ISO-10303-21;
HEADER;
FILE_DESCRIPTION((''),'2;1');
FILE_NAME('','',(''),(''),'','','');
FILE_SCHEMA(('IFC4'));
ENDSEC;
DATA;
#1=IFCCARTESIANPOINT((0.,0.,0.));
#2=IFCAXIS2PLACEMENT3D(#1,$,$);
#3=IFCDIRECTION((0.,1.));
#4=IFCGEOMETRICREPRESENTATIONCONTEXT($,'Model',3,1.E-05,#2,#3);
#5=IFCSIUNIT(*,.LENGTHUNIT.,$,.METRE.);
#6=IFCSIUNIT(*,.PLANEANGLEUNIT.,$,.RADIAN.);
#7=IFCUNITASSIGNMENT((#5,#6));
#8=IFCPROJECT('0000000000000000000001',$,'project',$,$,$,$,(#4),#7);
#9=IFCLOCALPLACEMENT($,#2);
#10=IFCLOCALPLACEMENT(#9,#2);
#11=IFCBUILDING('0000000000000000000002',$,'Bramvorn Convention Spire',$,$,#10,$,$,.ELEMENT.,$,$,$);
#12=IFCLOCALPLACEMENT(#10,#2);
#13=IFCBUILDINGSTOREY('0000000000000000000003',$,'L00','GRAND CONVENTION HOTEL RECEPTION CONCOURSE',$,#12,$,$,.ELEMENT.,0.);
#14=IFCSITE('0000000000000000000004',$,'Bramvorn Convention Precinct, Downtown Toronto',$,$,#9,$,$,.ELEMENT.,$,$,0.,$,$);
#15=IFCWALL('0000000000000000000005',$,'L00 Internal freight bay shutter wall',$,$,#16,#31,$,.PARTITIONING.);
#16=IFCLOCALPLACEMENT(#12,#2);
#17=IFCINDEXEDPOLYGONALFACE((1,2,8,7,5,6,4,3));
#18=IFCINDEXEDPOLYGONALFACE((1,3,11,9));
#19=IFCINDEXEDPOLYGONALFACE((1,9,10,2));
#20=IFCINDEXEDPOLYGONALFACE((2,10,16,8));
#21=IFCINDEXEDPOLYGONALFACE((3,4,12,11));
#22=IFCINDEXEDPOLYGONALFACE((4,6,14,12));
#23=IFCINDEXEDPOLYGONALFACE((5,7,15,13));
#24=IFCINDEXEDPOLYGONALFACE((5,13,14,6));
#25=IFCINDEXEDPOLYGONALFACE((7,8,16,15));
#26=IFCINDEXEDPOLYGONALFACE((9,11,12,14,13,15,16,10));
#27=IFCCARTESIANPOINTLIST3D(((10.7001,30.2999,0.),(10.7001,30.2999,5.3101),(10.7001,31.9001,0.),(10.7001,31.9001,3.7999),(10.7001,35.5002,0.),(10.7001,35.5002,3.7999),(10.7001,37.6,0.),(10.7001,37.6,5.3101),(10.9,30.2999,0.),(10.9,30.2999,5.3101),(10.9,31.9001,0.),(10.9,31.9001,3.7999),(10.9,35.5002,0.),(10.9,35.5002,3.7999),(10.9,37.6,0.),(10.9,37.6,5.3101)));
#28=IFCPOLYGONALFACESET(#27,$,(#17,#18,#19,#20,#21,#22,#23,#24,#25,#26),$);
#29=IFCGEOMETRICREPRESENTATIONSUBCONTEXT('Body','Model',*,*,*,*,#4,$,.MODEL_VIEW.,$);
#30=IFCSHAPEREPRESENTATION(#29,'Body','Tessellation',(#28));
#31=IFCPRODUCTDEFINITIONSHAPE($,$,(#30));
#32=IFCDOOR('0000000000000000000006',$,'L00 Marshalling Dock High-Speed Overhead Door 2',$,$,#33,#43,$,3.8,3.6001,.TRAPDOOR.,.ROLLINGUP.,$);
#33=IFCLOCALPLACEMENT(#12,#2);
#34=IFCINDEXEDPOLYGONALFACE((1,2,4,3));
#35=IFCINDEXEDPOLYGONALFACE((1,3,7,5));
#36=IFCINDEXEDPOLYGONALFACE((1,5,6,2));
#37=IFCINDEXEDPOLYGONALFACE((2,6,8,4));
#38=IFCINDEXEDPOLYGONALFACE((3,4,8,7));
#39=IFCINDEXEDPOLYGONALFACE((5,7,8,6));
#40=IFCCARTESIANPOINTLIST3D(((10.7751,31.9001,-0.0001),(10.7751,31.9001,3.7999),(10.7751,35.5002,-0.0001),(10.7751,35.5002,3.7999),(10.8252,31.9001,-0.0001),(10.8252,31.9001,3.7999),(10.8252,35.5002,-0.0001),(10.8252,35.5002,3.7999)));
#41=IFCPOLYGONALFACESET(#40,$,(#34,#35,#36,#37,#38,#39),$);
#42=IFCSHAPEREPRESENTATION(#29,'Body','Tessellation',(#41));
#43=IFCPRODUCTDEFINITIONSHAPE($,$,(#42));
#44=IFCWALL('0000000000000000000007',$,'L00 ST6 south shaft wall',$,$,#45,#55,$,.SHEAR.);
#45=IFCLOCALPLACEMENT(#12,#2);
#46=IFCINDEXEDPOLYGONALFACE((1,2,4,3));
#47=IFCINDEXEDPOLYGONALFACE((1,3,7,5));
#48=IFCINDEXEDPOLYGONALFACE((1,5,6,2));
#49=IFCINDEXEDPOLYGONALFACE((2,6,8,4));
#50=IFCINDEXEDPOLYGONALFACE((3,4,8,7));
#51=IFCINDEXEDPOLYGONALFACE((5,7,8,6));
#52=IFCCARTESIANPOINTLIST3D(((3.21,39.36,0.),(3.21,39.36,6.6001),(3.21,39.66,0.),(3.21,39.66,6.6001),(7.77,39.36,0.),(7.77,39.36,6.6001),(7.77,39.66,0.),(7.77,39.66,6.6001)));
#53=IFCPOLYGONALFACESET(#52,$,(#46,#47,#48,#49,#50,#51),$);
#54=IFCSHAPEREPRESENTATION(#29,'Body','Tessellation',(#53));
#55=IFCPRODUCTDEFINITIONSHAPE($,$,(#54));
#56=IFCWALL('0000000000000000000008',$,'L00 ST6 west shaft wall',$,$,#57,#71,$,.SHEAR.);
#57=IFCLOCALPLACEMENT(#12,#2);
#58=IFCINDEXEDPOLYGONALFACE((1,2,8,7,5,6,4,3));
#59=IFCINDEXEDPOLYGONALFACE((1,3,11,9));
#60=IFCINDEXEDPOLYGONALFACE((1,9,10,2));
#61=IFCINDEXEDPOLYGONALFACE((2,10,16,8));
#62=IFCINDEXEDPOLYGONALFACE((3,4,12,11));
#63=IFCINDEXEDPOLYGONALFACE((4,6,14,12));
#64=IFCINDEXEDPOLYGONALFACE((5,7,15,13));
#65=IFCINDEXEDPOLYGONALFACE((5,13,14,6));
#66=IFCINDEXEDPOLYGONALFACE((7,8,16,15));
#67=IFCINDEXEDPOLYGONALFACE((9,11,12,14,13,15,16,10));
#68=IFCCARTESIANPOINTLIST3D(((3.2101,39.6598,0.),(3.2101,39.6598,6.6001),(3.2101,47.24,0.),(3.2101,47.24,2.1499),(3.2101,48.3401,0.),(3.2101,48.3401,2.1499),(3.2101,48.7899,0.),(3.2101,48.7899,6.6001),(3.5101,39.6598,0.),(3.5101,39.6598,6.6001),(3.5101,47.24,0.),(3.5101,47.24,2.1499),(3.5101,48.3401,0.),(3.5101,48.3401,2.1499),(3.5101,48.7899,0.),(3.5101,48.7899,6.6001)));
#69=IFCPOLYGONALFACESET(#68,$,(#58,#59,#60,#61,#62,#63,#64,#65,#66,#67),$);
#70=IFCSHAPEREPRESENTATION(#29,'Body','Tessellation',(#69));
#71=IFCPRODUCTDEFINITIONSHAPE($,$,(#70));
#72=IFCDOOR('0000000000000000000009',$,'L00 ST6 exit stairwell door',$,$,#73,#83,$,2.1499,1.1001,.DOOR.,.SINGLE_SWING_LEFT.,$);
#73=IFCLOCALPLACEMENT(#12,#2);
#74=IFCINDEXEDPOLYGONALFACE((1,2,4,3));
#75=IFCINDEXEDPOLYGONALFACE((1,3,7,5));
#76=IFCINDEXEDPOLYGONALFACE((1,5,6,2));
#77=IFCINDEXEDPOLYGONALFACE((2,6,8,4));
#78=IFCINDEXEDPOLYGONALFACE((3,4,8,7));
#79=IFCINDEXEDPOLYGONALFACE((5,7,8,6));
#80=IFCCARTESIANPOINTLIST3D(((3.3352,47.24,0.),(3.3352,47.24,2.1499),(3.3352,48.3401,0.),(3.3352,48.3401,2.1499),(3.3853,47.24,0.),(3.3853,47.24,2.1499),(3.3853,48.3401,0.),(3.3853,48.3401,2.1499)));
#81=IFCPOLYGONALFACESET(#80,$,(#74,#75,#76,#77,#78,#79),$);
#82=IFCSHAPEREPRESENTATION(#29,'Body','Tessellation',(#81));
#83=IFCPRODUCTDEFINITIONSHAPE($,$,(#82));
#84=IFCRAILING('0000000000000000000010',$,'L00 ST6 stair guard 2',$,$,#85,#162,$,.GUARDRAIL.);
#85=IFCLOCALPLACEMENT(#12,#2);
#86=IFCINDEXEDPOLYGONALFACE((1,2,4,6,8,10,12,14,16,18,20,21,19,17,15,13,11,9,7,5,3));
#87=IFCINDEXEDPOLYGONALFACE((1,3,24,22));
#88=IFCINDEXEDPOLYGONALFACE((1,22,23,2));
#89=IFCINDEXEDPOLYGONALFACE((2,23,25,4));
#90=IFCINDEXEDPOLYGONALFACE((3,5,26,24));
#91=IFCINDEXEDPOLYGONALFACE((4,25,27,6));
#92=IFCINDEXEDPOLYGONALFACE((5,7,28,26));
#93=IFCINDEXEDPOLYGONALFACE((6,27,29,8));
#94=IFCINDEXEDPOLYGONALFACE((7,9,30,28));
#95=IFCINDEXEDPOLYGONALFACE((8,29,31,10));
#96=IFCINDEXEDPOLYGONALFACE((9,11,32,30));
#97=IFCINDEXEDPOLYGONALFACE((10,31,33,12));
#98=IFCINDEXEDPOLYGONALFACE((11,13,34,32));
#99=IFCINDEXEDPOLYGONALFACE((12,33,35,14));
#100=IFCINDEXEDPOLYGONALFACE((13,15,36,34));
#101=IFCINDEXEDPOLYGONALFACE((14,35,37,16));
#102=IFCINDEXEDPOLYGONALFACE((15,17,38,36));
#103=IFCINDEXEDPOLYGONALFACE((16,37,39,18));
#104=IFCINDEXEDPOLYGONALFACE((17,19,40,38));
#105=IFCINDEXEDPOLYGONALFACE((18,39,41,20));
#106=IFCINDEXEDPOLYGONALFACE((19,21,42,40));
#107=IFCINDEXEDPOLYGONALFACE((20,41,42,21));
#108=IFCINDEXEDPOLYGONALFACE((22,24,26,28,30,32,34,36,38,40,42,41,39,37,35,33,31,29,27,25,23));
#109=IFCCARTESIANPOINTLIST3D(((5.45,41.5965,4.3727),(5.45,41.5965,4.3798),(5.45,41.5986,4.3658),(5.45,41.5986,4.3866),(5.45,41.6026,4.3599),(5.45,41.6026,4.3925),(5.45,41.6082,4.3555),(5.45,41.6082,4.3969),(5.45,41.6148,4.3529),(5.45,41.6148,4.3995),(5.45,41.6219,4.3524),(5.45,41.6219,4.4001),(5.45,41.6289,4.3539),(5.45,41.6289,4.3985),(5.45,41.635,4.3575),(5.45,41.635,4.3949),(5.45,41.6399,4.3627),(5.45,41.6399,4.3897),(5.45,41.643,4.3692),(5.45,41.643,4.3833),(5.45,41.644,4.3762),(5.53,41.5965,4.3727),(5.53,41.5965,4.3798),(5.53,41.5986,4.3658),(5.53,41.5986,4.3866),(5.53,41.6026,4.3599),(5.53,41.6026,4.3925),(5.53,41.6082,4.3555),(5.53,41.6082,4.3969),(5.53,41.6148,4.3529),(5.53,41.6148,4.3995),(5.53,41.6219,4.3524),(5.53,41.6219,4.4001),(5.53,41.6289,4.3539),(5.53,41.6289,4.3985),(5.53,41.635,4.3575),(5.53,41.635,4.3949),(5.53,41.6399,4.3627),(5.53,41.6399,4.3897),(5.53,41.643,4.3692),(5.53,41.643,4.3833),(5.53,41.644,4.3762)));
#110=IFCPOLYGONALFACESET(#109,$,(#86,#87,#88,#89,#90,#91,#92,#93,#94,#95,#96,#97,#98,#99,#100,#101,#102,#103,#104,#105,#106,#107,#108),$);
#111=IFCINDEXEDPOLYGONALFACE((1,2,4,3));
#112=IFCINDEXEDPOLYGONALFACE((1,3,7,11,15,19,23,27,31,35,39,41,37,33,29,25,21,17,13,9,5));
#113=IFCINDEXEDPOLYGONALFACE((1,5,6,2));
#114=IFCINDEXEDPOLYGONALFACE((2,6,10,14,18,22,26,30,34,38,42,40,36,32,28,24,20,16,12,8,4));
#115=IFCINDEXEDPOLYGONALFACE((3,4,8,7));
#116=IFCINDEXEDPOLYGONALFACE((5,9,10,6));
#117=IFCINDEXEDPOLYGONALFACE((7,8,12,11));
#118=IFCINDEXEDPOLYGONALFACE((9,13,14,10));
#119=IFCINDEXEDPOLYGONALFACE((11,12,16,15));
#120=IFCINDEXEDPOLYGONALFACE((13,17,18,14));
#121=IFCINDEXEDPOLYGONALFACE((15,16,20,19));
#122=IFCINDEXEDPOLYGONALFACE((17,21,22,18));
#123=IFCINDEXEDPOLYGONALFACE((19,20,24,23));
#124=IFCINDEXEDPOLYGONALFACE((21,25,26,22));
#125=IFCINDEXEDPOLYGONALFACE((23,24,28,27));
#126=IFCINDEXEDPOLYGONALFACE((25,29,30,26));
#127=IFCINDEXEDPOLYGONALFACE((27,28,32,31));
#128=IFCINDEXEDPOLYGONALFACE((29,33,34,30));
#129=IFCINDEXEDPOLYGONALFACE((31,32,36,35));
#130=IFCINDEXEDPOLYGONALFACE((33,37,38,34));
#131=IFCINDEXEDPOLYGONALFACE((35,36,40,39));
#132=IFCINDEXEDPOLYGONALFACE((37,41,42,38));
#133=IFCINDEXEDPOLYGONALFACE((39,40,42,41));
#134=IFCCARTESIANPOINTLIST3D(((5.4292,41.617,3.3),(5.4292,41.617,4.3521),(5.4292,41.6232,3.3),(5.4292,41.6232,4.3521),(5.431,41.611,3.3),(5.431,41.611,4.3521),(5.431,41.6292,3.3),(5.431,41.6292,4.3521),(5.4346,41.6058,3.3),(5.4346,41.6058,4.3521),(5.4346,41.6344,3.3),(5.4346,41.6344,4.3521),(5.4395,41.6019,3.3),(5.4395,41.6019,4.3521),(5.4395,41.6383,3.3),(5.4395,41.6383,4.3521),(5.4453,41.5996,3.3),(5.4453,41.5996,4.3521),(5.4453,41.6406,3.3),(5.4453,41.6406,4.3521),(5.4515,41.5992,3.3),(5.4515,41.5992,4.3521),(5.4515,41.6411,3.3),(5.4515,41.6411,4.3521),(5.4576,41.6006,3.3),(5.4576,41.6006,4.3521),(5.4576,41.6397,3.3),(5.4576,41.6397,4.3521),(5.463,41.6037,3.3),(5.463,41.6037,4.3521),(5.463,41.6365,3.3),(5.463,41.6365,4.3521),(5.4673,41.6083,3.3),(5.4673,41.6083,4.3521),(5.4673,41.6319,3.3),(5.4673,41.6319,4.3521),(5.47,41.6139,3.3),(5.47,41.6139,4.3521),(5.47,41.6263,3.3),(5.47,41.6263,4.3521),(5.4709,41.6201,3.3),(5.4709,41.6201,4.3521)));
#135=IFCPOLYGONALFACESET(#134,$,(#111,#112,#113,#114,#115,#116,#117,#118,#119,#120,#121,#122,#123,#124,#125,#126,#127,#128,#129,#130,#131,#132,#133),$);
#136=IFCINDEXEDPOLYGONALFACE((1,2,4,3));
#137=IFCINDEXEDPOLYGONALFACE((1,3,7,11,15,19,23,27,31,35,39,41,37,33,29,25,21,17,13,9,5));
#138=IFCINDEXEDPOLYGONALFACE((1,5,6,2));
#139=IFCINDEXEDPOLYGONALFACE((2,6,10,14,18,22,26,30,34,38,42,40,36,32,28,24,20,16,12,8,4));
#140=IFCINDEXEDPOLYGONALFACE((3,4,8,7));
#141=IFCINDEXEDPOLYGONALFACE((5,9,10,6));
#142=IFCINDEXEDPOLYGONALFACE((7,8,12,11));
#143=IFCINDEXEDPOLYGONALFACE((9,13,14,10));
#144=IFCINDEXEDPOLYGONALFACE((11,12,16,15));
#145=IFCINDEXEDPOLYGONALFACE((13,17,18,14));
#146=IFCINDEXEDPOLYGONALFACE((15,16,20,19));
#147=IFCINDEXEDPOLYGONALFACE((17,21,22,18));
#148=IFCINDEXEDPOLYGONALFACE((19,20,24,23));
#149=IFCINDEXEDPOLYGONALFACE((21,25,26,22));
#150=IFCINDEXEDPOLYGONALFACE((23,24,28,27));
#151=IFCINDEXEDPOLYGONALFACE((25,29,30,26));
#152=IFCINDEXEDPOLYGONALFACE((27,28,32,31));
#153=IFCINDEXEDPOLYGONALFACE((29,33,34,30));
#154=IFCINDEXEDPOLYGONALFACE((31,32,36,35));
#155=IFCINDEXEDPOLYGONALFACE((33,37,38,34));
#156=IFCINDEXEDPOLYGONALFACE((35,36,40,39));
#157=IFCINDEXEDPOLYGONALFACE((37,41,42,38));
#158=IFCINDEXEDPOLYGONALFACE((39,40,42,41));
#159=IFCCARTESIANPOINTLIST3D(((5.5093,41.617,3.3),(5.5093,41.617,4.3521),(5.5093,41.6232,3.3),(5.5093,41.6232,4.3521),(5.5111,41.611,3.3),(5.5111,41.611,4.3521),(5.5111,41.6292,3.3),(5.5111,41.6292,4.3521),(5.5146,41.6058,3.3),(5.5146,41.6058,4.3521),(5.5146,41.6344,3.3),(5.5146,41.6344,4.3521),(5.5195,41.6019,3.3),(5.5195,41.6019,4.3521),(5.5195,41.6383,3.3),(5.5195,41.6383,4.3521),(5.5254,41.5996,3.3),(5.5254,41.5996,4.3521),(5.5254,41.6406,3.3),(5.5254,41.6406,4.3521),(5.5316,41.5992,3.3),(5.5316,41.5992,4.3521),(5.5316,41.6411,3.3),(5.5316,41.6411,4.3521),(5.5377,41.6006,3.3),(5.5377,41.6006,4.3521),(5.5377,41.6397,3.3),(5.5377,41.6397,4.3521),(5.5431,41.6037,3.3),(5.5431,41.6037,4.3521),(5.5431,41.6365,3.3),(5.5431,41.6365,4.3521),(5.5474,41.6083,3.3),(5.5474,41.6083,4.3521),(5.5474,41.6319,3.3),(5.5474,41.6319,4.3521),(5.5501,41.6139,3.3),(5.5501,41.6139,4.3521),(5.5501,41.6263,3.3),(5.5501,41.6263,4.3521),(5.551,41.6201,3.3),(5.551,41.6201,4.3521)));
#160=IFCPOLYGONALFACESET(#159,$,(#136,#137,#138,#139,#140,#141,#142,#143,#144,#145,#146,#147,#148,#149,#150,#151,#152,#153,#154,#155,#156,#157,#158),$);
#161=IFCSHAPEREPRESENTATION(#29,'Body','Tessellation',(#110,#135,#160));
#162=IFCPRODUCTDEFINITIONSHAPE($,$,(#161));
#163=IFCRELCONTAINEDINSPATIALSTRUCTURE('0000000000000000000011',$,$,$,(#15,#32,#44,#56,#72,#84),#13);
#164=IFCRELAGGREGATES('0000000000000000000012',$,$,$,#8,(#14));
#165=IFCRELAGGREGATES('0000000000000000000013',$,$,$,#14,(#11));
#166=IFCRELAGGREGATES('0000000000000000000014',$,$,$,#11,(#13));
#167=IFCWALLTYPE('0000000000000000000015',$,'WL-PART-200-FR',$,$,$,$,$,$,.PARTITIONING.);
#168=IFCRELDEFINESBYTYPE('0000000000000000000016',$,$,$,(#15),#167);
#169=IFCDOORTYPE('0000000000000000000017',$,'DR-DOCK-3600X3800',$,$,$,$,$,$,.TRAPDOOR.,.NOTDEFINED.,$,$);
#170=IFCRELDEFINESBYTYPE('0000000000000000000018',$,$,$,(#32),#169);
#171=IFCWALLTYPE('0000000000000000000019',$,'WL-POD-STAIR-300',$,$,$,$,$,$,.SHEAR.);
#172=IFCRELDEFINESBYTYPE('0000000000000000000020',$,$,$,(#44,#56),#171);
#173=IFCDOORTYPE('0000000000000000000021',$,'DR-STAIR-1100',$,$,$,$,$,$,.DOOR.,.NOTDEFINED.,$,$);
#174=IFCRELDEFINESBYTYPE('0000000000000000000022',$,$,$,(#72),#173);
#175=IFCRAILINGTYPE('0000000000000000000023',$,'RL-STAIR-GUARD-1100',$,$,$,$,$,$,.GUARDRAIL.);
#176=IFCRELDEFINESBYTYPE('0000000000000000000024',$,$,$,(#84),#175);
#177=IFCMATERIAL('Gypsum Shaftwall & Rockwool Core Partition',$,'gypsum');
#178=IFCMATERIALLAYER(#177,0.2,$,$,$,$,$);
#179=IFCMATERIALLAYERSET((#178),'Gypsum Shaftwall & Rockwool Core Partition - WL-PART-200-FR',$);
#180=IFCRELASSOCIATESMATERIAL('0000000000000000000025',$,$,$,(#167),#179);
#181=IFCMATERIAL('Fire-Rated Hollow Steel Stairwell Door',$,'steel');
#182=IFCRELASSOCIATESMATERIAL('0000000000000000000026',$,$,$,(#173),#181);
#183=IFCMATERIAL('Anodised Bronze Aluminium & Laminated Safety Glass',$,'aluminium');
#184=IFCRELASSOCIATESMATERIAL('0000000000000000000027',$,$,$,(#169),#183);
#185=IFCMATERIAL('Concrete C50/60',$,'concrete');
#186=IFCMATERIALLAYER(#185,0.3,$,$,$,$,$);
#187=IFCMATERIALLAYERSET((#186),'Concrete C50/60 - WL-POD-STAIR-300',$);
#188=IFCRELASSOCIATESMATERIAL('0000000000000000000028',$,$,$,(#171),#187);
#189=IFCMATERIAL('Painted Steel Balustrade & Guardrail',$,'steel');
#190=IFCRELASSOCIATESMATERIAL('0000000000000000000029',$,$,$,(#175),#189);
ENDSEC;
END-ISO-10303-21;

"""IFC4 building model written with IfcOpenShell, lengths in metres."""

from ifc_helpers import new_model, si_unit, direction, frame, frame_2d, origin, origin_2d, place, context, subcontext, project, spatial, rectangle, circle, extrude, material, layer, layer_set, type_object, element, fill, save


model = new_model("IFC4")

# Units and contexts
model_context = context("Model", 3, precision=1e-05, world=origin(), true_north=direction((0.0, 1.0)))
body_context = subcontext(model_context, "Body", "Model", "MODEL_VIEW")
ifc_project = project(units=[si_unit("LENGTHUNIT", "METRE"), si_unit("PLANEANGLEUNIT", "RADIAN")], contexts=[model_context])

# Site, building, storey
site_placement = place(None, origin())
site = spatial("IfcSite", under=ifc_project, at=site_placement, Name="Bramvorn Convention Precinct, Downtown Toronto", CompositionType="ELEMENT", RefElevation=0.0)
building_placement = place(site_placement, origin())
building = spatial("IfcBuilding", under=site, at=building_placement, Name="Bramvorn Convention Spire", CompositionType="ELEMENT")
storey_placement = place(building_placement, origin())
storey = spatial("IfcBuildingStorey", under=building, at=storey_placement, Name="L00", Description="GRAND CONVENTION HOTEL RECEPTION CONCOURSE", CompositionType="ELEMENT", Elevation=0.0)

# Shared definitions
ifc_material_1 = material(Name="Concrete C50/60", Category="concrete")

# Wall, opening, door
ifc_material_2 = material(Name="Gypsum Shaftwall & Rockwool Core Partition", Category="gypsum")
ifc_layer_1 = layer(ifc_material_2, 0.2)
ifc_layer_set_1 = layer_set([ifc_layer_1], Name="Gypsum Shaftwall & Rockwool Core Partition - WL-PART-200-FR")
wall_type_1 = type_object("IfcWallType", Name="WL-PART-200-FR", PredefinedType="PARTITIONING", material=ifc_layer_set_1)
ifc_material_3 = material(Name="Fire-Rated Hollow Steel Stairwell Door", Category="steel")
door_type_1 = type_object("IfcDoorType", Name="DR-STAIR-1100", OperationType="NOTDEFINED", PredefinedType="DOOR", material=ifc_material_3)
ifc_material_4 = material(Name="Anodised Bronze Aluminium & Laminated Safety Glass", Category="aluminium")
door_type_2 = type_object("IfcDoorType", Name="DR-DOCK-3600X3800", OperationType="NOTDEFINED", PredefinedType="TRAPDOOR", material=ifc_material_4)
wall_1_placement = place(storey_placement, frame((10.8, 30.3, 0.0), z_axis=(0.0, 0.0, 1.0), x_axis=(0.0, 1.0, 0.0)))
wall_1 = element("IfcWall", 1, at=wall_1_placement, inside=storey, type_object=wall_type_1, Name="L00 Internal freight bay shutter wall", PredefinedType="PARTITIONING", context=body_context, shape_type="SweptSolid", body=[
    extrude(rectangle(XDim=7.3, YDim=0.2, at=frame_2d((3.6499, 0.0))), origin(), (0.0, 0.0, 1.0), 5.3101),
])
opening_1_placement = place(wall_1_placement, frame((1.6001, 0.0, 0.0)))
opening_1 = element("IfcOpeningElement", 2, at=opening_1_placement, cuts=wall_1, PredefinedType="OPENING", context=body_context, shape_type="SweptSolid", body=[
    extrude(rectangle(XDim=3.6001, YDim=3.8, at=frame_2d((1.8, 1.8999))), frame((0.0, 0.1099, 0.0), z_axis=(0.0, -1.0, 0.0), x_axis=(1.0, 0.0, 0.0)), (0.0, 0.0, 1.0), 0.22),
])
door_1_placement = place(opening_1_placement, origin())
door_1 = element("IfcDoor", 3, at=door_1_placement, inside=storey, type_object=door_type_2, Name="L00 Marshalling Dock High-Speed Overhead Door 2", OperationType="ROLLINGUP", OverallHeight=3.8, OverallWidth=3.6001, PredefinedType="TRAPDOOR", context=body_context, shape_type="SweptSolid", body=[
    extrude(rectangle(XDim=3.6001, YDim=3.8, at=frame_2d((1.8, 1.8999))), frame((0.0, 0.0249, 0.0), z_axis=(0.0, -1.0, 0.0), x_axis=(1.0, 0.0, 0.0)), (0.0, 0.0, 1.0), 0.05),
])
fill(opening_1, door_1)

# Wall
ifc_layer_2 = layer(ifc_material_1, 0.3)
ifc_layer_set_2 = layer_set([ifc_layer_2], Name="Concrete C50/60 - WL-POD-STAIR-300")
wall_type_2 = type_object("IfcWallType", Name="WL-POD-STAIR-300", PredefinedType="SHEAR", material=ifc_layer_set_2)
wall_2_placement = place(storey_placement, frame((3.21, 39.51, 0.0), z_axis=(0.0, 0.0, 1.0), x_axis=(1.0, 0.0, 0.0)))
element("IfcWall", 4, at=wall_2_placement, inside=storey, type_object=wall_type_2, Name="L00 ST6 south shaft wall", PredefinedType="SHEAR", context=body_context, shape_type="SweptSolid", body=[
    extrude(rectangle(XDim=4.5601, YDim=0.3, at=frame_2d((2.28, 0.0))), origin(), (0.0, 0.0, 1.0), 6.6001),
])

# Wall, opening, door
wall_3_placement = place(storey_placement, frame((3.3601, 39.6599, 0.0), z_axis=(0.0, 0.0, 1.0), x_axis=(0.0, 1.0, 0.0)))
wall_3 = element("IfcWall", 5, at=wall_3_placement, inside=storey, type_object=wall_type_2, Name="L00 ST6 west shaft wall", PredefinedType="SHEAR", context=body_context, shape_type="SweptSolid", body=[
    extrude(rectangle(XDim=9.1301, YDim=0.3, at=frame_2d((4.5649, 0.0))), origin(), (0.0, 0.0, 1.0), 6.6001),
])
opening_2_placement = place(wall_3_placement, frame((7.5801, 0.0, 0.0)))
opening_2 = element("IfcOpeningElement", 6, at=opening_2_placement, cuts=wall_3, PredefinedType="OPENING", context=body_context, shape_type="SweptSolid", body=[
    extrude(rectangle(XDim=1.1001, YDim=2.1499, at=frame_2d((0.55, 1.075))), frame((0.0, 0.1599, 0.0), z_axis=(0.0, -1.0, 0.0), x_axis=(1.0, 0.0, 0.0)), (0.0, 0.0, 1.0), 0.3201),
])
door_2_placement = place(opening_2_placement, origin())
door_2 = element("IfcDoor", 7, at=door_2_placement, inside=storey, type_object=door_type_1, Name="L00 ST6 exit stairwell door", OperationType="SINGLE_SWING_LEFT", OverallHeight=2.1499, OverallWidth=1.1001, PredefinedType="DOOR", context=body_context, shape_type="SweptSolid", body=[
    extrude(rectangle(XDim=1.1001, YDim=2.1499, at=frame_2d((0.55, 1.075))), frame((0.0, 0.0249, 0.0), z_axis=(0.0, -1.0, 0.0), x_axis=(1.0, 0.0, 0.0)), (0.0, 0.0, 1.0), 0.05),
])
fill(opening_2, door_2)

# Railing
ifc_material_5 = material(Name="Painted Steel Balustrade & Guardrail", Category="steel")
railing_type = type_object("IfcRailingType", Name="RL-STAIR-GUARD-1100", PredefinedType="GUARDRAIL", material=ifc_material_5)
railing_1_placement = place(storey_placement, frame((5.45, 41.6201, 3.3)))
element("IfcRailing", 8, at=railing_1_placement, inside=storey, type_object=railing_type, Name="L00 ST6 stair guard 2", PredefinedType="GUARDRAIL", context=body_context, shape_type="SweptSolid", body=[
    extrude(circle(Radius=0.0239, at=origin_2d()), frame((0.0, 0.0, 1.0762), z_axis=(1.0, 0.0, 0.0), x_axis=(0.0, 1.0, 0.0)), (0.0, 0.0, 1.0), 0.0801),
    extrude(circle(Radius=0.021, at=origin_2d()), origin(), (0.0, 0.0, 1.0), 1.052),
    extrude(circle(Radius=0.021, at=origin_2d()), frame((0.0801, 0.0, 0.0)), (0.0, 0.0, 1.0), 1.052),
])

save(model, "model.ifc")
